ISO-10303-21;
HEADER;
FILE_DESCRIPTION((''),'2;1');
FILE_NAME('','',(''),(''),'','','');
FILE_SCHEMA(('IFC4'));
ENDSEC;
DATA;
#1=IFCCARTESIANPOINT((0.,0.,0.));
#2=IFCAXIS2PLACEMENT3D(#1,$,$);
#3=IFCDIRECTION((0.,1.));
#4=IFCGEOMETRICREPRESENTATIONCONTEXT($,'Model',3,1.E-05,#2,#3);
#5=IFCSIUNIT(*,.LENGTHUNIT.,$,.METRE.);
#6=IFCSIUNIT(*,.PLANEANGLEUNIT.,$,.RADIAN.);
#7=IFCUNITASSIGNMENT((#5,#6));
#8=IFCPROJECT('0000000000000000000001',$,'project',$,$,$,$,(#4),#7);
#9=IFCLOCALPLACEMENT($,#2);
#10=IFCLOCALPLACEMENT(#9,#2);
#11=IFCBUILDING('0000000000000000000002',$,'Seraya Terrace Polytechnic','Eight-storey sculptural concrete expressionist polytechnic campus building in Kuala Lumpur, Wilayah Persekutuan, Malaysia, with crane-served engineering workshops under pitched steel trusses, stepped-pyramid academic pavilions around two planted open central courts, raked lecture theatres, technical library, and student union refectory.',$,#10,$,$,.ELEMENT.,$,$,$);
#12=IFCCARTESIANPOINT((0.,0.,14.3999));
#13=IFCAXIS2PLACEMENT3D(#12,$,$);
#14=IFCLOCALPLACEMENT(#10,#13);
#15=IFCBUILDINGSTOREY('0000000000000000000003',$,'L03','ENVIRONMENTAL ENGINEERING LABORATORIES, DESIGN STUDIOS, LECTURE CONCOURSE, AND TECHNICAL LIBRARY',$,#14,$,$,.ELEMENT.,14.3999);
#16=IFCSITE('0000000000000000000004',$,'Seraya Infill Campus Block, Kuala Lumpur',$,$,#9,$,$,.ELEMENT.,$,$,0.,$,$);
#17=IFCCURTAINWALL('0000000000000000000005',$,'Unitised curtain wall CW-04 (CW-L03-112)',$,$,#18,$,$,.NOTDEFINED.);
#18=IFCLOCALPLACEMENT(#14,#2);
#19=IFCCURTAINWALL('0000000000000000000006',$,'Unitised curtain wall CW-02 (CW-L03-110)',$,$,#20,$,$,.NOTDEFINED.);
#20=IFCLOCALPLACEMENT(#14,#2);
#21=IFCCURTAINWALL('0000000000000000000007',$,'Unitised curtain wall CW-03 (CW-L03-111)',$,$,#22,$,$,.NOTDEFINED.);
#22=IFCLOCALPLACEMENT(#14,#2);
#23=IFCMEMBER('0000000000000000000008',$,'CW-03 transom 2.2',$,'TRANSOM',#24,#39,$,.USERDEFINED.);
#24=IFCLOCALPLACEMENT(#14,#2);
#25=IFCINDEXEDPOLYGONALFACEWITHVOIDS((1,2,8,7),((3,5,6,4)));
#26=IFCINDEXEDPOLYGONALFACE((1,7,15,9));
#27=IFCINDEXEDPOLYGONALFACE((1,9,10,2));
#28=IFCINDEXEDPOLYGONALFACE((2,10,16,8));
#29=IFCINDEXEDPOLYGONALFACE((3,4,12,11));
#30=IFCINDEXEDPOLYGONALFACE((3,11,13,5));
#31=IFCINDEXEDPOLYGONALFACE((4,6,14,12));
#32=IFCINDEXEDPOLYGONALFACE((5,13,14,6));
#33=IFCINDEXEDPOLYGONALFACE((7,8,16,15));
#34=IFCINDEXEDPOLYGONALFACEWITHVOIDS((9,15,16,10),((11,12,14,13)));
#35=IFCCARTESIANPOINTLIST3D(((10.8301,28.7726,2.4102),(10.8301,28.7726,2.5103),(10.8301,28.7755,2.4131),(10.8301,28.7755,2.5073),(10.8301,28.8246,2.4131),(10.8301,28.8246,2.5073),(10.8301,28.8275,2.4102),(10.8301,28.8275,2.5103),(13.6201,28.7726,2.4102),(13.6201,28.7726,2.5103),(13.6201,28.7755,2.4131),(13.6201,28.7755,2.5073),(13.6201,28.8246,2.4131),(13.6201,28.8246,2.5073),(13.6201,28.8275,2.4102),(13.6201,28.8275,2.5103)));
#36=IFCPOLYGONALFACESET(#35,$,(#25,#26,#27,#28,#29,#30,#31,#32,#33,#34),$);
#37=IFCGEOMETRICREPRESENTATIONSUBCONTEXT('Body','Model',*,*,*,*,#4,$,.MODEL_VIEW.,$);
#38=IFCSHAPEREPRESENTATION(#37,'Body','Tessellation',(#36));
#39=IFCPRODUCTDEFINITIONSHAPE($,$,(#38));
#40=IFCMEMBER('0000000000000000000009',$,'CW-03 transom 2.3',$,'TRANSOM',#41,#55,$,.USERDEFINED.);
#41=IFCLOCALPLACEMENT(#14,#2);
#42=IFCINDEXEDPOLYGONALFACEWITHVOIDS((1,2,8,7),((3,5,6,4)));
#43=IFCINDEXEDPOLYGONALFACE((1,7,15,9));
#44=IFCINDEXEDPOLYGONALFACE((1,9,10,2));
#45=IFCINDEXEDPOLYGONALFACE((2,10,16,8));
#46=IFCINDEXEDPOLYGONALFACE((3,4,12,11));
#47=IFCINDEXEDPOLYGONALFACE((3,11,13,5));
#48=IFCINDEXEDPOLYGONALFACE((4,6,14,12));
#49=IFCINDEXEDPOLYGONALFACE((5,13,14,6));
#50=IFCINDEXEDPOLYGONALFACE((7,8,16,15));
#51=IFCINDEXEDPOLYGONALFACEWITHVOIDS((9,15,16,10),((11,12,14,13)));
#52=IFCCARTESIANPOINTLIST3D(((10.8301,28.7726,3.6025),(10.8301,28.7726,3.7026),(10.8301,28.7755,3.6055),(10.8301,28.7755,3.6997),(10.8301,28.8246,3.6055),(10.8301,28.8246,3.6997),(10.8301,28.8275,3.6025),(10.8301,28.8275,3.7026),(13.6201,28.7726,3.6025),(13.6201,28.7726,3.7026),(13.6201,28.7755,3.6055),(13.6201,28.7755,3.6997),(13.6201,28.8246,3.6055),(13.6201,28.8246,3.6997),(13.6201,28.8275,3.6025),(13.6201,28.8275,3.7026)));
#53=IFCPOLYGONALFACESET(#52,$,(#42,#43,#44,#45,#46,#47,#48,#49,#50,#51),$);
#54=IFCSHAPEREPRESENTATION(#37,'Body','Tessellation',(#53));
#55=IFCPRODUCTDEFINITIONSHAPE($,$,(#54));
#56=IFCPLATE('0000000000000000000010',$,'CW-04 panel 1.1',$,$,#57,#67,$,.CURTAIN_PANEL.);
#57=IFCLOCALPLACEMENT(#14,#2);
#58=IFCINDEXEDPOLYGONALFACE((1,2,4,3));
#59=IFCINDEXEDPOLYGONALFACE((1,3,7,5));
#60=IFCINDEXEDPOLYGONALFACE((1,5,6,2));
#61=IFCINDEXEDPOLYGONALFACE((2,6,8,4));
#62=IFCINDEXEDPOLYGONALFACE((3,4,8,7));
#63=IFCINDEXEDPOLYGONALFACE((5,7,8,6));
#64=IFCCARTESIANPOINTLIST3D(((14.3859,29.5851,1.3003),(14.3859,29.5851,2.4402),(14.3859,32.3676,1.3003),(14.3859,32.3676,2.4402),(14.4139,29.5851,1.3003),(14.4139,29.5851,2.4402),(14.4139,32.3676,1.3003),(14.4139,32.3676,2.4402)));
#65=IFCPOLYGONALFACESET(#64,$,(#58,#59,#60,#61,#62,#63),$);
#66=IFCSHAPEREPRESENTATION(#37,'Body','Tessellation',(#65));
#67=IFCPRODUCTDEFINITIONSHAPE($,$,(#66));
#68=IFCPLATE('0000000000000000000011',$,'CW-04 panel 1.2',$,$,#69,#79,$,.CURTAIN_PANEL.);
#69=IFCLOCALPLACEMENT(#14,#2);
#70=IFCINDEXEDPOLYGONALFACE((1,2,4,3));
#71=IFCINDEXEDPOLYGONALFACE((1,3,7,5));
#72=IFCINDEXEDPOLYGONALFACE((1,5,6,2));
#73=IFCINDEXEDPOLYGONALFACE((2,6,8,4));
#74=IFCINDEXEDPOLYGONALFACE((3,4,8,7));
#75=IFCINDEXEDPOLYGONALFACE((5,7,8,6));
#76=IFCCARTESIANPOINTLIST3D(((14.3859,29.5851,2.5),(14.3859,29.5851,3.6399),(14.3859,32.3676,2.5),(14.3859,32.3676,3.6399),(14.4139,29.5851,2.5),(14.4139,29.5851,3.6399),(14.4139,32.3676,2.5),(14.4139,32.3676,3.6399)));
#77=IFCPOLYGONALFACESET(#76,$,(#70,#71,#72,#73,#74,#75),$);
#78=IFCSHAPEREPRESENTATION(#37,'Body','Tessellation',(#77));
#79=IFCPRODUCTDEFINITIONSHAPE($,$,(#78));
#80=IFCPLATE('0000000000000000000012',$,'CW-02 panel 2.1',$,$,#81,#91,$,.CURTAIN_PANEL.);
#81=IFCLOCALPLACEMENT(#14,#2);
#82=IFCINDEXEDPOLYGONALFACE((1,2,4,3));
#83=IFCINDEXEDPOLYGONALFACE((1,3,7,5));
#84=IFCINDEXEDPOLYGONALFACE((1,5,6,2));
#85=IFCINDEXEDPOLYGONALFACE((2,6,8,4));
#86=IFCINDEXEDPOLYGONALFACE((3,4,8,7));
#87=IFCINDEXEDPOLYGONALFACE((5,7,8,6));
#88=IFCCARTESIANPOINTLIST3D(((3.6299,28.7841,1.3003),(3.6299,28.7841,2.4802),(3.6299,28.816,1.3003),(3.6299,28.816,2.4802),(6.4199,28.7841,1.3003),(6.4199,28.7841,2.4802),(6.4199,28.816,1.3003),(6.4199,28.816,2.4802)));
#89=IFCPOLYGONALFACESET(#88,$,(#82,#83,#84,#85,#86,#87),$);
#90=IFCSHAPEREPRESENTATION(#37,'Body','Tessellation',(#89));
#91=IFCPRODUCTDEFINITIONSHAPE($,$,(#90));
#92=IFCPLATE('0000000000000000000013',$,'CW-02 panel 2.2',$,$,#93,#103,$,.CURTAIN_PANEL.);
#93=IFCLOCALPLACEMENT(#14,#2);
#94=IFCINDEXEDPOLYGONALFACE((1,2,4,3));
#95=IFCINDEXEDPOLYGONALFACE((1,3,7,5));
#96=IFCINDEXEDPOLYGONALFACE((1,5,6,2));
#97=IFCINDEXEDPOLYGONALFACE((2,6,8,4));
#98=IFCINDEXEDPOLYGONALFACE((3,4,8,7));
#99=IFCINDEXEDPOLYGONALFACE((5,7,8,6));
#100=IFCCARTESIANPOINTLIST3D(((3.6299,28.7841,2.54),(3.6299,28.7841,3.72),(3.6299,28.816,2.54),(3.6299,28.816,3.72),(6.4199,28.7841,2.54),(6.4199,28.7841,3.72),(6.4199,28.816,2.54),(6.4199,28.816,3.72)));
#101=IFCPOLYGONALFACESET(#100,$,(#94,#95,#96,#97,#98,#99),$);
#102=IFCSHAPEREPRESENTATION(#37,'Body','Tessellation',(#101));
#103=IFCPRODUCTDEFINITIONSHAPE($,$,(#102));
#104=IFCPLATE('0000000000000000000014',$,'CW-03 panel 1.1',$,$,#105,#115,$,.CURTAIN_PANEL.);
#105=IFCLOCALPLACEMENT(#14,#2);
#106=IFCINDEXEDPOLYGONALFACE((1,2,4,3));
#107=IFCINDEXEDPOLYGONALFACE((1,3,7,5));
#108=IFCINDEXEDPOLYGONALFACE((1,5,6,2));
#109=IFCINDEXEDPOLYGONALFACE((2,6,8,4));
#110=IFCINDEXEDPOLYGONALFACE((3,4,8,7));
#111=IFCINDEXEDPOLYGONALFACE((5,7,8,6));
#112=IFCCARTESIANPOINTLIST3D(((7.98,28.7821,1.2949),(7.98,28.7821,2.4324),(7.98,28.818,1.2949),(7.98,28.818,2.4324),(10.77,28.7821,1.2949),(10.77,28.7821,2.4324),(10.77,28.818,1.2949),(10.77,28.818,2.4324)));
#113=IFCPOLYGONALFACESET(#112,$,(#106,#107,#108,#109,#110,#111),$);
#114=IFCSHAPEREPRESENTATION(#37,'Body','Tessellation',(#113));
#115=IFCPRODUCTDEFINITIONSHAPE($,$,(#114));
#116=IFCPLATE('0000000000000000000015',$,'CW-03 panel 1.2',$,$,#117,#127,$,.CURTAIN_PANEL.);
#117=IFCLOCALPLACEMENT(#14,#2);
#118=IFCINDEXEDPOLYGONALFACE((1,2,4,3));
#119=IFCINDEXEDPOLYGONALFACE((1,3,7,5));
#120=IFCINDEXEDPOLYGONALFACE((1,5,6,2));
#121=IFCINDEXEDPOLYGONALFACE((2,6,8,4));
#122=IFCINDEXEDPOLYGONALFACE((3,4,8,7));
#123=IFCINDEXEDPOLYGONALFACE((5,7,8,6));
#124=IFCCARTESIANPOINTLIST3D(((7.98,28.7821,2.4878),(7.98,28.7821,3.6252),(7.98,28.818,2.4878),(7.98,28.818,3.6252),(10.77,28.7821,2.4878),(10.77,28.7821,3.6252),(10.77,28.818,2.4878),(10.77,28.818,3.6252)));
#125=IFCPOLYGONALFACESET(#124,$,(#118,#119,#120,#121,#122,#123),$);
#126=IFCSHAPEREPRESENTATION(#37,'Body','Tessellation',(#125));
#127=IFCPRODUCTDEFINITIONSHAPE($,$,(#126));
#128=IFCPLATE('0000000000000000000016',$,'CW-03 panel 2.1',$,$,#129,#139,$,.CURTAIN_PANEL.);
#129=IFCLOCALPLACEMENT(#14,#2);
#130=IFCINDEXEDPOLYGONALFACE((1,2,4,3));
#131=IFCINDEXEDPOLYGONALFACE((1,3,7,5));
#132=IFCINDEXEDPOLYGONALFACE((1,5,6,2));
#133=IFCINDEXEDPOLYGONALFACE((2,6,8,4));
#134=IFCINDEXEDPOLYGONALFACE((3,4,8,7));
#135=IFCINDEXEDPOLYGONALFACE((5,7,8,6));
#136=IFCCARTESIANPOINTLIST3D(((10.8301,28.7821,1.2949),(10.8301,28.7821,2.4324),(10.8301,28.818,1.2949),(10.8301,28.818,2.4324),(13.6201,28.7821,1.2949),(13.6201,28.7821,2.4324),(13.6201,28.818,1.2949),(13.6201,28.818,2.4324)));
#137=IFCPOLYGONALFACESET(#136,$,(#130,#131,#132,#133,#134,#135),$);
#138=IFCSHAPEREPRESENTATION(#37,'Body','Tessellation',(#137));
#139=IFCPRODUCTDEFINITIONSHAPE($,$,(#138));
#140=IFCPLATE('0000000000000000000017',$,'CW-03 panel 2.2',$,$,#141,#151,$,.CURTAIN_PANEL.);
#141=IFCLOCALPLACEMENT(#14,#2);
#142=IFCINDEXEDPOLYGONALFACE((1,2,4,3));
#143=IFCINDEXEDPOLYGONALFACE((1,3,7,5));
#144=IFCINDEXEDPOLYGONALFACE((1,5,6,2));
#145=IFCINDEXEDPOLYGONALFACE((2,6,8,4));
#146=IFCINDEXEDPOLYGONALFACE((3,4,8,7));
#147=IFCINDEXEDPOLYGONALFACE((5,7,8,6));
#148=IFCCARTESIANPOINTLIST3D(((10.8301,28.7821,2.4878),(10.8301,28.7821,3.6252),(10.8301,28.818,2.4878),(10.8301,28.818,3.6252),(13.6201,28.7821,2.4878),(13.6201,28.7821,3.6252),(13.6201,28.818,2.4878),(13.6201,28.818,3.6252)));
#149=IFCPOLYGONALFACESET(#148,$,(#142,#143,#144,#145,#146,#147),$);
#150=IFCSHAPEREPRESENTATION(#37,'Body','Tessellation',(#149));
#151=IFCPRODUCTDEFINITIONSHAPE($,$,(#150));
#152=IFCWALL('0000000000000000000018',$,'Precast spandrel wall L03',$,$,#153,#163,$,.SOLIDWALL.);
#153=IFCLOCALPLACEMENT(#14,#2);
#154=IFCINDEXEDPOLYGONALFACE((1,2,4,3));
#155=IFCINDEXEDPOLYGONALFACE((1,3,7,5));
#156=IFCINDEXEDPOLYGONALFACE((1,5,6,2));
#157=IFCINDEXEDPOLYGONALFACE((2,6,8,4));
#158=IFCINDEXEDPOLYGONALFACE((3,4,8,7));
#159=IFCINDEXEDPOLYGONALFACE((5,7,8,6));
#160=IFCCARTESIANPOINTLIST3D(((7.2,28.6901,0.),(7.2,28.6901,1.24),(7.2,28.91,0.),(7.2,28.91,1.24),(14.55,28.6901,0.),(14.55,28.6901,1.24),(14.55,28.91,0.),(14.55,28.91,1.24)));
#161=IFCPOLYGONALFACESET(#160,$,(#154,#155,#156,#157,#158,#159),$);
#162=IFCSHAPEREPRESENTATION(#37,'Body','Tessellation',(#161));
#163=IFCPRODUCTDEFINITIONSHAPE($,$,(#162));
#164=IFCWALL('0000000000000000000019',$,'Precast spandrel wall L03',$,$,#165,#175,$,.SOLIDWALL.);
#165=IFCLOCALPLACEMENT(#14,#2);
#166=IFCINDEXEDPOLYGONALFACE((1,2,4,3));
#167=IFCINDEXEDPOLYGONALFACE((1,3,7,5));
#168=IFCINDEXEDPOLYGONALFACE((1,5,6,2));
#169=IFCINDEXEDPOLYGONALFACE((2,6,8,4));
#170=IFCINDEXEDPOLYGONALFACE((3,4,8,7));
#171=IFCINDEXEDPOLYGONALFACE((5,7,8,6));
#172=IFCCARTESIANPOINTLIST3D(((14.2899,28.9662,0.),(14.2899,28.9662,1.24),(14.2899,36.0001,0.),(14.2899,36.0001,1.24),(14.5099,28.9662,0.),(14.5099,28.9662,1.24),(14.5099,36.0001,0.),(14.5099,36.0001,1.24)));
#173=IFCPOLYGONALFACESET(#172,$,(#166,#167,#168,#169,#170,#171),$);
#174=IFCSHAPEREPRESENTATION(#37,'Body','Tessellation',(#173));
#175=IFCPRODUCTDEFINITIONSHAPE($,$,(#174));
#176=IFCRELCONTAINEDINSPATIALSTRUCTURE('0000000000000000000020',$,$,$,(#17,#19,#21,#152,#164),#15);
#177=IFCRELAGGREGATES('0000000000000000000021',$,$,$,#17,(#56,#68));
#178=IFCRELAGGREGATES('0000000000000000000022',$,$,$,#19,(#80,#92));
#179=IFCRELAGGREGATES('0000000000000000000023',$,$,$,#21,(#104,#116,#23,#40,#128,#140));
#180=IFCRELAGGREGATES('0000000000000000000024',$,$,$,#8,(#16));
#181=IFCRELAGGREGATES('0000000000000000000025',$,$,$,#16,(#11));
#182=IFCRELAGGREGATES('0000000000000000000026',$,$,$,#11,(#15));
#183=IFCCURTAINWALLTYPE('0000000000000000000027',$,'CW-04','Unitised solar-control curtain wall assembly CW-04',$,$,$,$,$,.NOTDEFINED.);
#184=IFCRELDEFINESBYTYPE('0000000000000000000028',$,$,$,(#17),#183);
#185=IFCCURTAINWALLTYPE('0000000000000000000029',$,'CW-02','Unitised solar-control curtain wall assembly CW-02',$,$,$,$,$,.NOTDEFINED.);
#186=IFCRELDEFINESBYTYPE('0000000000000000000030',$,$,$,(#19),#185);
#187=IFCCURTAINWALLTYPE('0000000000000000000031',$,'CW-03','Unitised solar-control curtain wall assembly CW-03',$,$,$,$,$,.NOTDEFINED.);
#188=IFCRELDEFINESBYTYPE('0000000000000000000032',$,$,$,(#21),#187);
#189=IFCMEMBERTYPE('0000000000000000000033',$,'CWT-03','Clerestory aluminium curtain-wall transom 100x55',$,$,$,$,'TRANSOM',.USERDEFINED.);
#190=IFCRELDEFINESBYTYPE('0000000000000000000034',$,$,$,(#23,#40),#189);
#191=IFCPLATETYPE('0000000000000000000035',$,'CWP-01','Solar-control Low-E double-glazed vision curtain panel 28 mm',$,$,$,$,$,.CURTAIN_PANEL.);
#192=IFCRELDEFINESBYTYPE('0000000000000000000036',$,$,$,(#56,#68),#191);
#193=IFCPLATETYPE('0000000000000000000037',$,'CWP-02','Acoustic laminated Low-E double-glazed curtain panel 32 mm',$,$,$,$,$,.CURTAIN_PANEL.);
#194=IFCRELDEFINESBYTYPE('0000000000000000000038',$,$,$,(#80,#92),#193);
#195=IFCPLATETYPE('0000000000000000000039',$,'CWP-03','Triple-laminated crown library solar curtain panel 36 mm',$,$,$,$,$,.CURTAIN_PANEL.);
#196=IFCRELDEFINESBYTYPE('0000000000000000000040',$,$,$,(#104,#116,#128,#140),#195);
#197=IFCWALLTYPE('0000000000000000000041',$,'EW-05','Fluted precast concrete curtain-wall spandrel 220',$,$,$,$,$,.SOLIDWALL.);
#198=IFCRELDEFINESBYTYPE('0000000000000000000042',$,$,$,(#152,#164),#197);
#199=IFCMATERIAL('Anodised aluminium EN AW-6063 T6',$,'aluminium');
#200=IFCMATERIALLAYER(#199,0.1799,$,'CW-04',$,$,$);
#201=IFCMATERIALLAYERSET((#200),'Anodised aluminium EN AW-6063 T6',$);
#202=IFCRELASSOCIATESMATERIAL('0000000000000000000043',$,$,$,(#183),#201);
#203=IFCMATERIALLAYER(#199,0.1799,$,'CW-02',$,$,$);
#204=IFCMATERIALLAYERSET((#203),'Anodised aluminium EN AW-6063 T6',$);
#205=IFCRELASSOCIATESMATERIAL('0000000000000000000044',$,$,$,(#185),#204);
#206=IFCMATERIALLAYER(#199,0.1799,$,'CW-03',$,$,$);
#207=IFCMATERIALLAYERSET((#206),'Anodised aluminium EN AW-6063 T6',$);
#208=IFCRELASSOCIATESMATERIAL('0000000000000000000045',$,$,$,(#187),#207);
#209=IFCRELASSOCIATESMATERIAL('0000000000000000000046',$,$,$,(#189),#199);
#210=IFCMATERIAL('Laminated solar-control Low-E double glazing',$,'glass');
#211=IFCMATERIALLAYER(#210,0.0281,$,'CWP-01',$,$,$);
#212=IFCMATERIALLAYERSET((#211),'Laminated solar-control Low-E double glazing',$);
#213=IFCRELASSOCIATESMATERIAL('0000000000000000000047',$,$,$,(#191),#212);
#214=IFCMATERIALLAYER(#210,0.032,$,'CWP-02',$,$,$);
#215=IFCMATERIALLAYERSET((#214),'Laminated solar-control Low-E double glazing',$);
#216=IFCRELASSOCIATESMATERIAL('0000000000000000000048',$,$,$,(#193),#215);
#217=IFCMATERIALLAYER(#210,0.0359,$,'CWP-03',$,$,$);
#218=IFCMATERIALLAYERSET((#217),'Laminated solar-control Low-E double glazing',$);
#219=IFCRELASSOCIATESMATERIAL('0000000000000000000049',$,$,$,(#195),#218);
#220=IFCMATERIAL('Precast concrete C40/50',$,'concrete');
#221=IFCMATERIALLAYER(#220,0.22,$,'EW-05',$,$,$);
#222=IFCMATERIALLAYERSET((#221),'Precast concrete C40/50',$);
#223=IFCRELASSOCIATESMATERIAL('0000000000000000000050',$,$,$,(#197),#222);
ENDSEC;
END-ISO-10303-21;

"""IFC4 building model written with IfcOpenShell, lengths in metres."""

from ifc_helpers import new_model, si_unit, direction, frame, frame_2d, origin, origin_2d, place, context, subcontext, project, spatial, rectangle, hollow_rectangle, extrude, material, layer, layer_set, material_profile, profile_set, type_object, element, aggregate, save


model = new_model("IFC4")

# Units and contexts
model_context = context("Model", 3, precision=1e-05, world=origin(), true_north=direction((0.0, 1.0)))
body_context = subcontext(model_context, "Body", "Model", "MODEL_VIEW")
ifc_project = project(units=[si_unit("LENGTHUNIT", "METRE"), si_unit("PLANEANGLEUNIT", "RADIAN")], contexts=[model_context])

# Site, building, storey
site_placement = place(None, origin())
site = spatial("IfcSite", under=ifc_project, at=site_placement, Name="Seraya Infill Campus Block, Kuala Lumpur", CompositionType="ELEMENT", RefElevation=0.0)
building_placement = place(site_placement, origin())
building = spatial("IfcBuilding", under=site, at=building_placement, Name="Seraya Terrace Polytechnic", Description="Eight-storey sculptural concrete expressionist polytechnic campus building in Kuala Lumpur, Wilayah Persekutuan, Malaysia, with crane-served engineering workshops under pitched steel trusses, stepped-pyramid academic pavilions around two planted open central courts, raked lecture theatres, technical library, and student union refectory.", CompositionType="ELEMENT")
storey_placement = place(building_placement, frame((0.0, 0.0, 14.3999)))
storey = spatial("IfcBuildingStorey", under=building, at=storey_placement, Name="L03", Description="ENVIRONMENTAL ENGINEERING LABORATORIES, DESIGN STUDIOS, LECTURE CONCOURSE, AND TECHNICAL LIBRARY", CompositionType="ELEMENT", Elevation=14.3999)

# Curtain walls
ifc_material_1 = material(Name="Anodised aluminium EN AW-6063 T6", Category="aluminium")
ifc_layer_1 = layer(ifc_material_1, 0.1799, Name="CW-04")
ifc_layer_set_1 = layer_set([ifc_layer_1], Name="Anodised aluminium EN AW-6063 T6")
curtain_wall_type_1 = type_object("IfcCurtainWallType", Name="CW-04", Description="Unitised solar-control curtain wall assembly CW-04", PredefinedType="NOTDEFINED", material=ifc_layer_set_1)
curtain_wall_1_placement = place(storey_placement, origin())
curtain_wall_1 = element("IfcCurtainWall", 1, at=curtain_wall_1_placement, inside=storey, type_object=curtain_wall_type_1, Name="Unitised curtain wall CW-04 (CW-L03-112)", PredefinedType="NOTDEFINED")
ifc_layer_2 = layer(ifc_material_1, 0.1799, Name="CW-02")
ifc_layer_set_2 = layer_set([ifc_layer_2], Name="Anodised aluminium EN AW-6063 T6")
curtain_wall_type_2 = type_object("IfcCurtainWallType", Name="CW-02", Description="Unitised solar-control curtain wall assembly CW-02", PredefinedType="NOTDEFINED", material=ifc_layer_set_2)
curtain_wall_2_placement = place(storey_placement, origin())
curtain_wall_2 = element("IfcCurtainWall", 2, at=curtain_wall_2_placement, inside=storey, type_object=curtain_wall_type_2, Name="Unitised curtain wall CW-02 (CW-L03-110)", PredefinedType="NOTDEFINED")

# Curtain wall
ifc_layer_3 = layer(ifc_material_1, 0.1799, Name="CW-03")
ifc_layer_set_3 = layer_set([ifc_layer_3], Name="Anodised aluminium EN AW-6063 T6")
curtain_wall_type_3 = type_object("IfcCurtainWallType", Name="CW-03", Description="Unitised solar-control curtain wall assembly CW-03", PredefinedType="NOTDEFINED", material=ifc_layer_set_3)
curtain_wall_3_placement = place(storey_placement, origin())
curtain_wall_3 = element("IfcCurtainWall", 3, at=curtain_wall_3_placement, inside=storey, type_object=curtain_wall_type_3, Name="Unitised curtain wall CW-03 (CW-L03-111)", PredefinedType="NOTDEFINED")

# Members
ifc_material_profile_1 = material_profile(ifc_material_1, hollow_rectangle(XDim=0.0549, YDim=0.1001, WallThickness=0.0029, at=origin_2d()), Name="RHS 100x55x3.0")
ifc_profile_set_1 = profile_set([ifc_material_profile_1], Name="Anodised aluminium EN AW-6063 T6")
member_type_1 = type_object("IfcMemberType", Name="CWT-03", Description="Clerestory aluminium curtain-wall transom 100x55", ElementType="TRANSOM", PredefinedType="USERDEFINED", material=ifc_profile_set_1)
member_1_placement = place(storey_placement, frame((10.8301, 28.8, 2.4602), z_axis=(1.0, 0.0, 0.0), x_axis=(0.0, 1.0, 0.0)))
member_1 = element("IfcMember", 4, at=member_1_placement, type_object=member_type_1, Name="CW-03 transom 2.2", ObjectType="TRANSOM", PredefinedType="USERDEFINED", context=body_context, shape_type="SweptSolid", body=[
    extrude(hollow_rectangle(XDim=0.0549, YDim=0.1001, WallThickness=0.0029, at=origin_2d()), origin(), (0.0, 0.0, 1.0), 2.79),
])
member_2_placement = place(storey_placement, frame((10.8301, 28.8, 3.6526), z_axis=(1.0, 0.0, 0.0), x_axis=(0.0, 1.0, 0.0)))
member_2 = element("IfcMember", 5, at=member_2_placement, type_object=member_type_1, Name="CW-03 transom 2.3", ObjectType="TRANSOM", PredefinedType="USERDEFINED", context=body_context, shape_type="SweptSolid", body=[
    extrude(hollow_rectangle(XDim=0.0549, YDim=0.1001, WallThickness=0.0029, at=origin_2d()), origin(), (0.0, 0.0, 1.0), 2.79),
])

# Plates
ifc_material_2 = material(Name="Laminated solar-control Low-E double glazing", Category="glass")
ifc_layer_4 = layer(ifc_material_2, 0.0281, Name="CWP-01")
ifc_layer_set_4 = layer_set([ifc_layer_4], Name="Laminated solar-control Low-E double glazing")
plate_type_1 = type_object("IfcPlateType", Name="CWP-01", Description="Solar-control Low-E double-glazed vision curtain panel 28 mm", PredefinedType="CURTAIN_PANEL", material=ifc_layer_set_4)
plate_1_placement = place(storey_placement, frame((14.3999, 30.9763, 1.3003), z_axis=(0.0, 0.0, 1.0), x_axis=(0.0, 1.0, 0.0)))
plate_1 = element("IfcPlate", 6, at=plate_1_placement, type_object=plate_type_1, Name="CW-04 panel 1.1", PredefinedType="CURTAIN_PANEL", context=body_context, shape_type="SweptSolid", body=[
    extrude(rectangle(XDim=2.7825, YDim=0.0281, at=origin_2d()), origin(), (0.0, 0.0, 1.0), 1.1399),
])
plate_2_placement = place(storey_placement, frame((14.3999, 30.9763, 2.5), z_axis=(0.0, 0.0, 1.0), x_axis=(0.0, 1.0, 0.0)))
plate_2 = element("IfcPlate", 7, at=plate_2_placement, type_object=plate_type_1, Name="CW-04 panel 1.2", PredefinedType="CURTAIN_PANEL", context=body_context, shape_type="SweptSolid", body=[
    extrude(rectangle(XDim=2.7825, YDim=0.0281, at=origin_2d()), origin(), (0.0, 0.0, 1.0), 1.1399),
])
aggregate(curtain_wall_1, [plate_1, plate_2])
ifc_layer_5 = layer(ifc_material_2, 0.032, Name="CWP-02")
ifc_layer_set_5 = layer_set([ifc_layer_5], Name="Laminated solar-control Low-E double glazing")
plate_type_2 = type_object("IfcPlateType", Name="CWP-02", Description="Acoustic laminated Low-E double-glazed curtain panel 32 mm", PredefinedType="CURTAIN_PANEL", material=ifc_layer_set_5)
plate_3_placement = place(storey_placement, frame((5.0249, 28.8, 1.3003), z_axis=(0.0, 0.0, 1.0), x_axis=(1.0, 0.0, 0.0)))
plate_3 = element("IfcPlate", 8, at=plate_3_placement, type_object=plate_type_2, Name="CW-02 panel 2.1", PredefinedType="CURTAIN_PANEL", context=body_context, shape_type="SweptSolid", body=[
    extrude(rectangle(XDim=2.79, YDim=0.032, at=origin_2d()), origin(), (0.0, 0.0, 1.0), 1.1799),
])
plate_4_placement = place(storey_placement, frame((5.0249, 28.8, 2.54), z_axis=(0.0, 0.0, 1.0), x_axis=(1.0, 0.0, 0.0)))
plate_4 = element("IfcPlate", 9, at=plate_4_placement, type_object=plate_type_2, Name="CW-02 panel 2.2", PredefinedType="CURTAIN_PANEL", context=body_context, shape_type="SweptSolid", body=[
    extrude(rectangle(XDim=2.79, YDim=0.032, at=origin_2d()), origin(), (0.0, 0.0, 1.0), 1.1799),
])
aggregate(curtain_wall_2, [plate_3, plate_4])
ifc_layer_6 = layer(ifc_material_2, 0.0359, Name="CWP-03")
ifc_layer_set_6 = layer_set([ifc_layer_6], Name="Laminated solar-control Low-E double glazing")
plate_type_3 = type_object("IfcPlateType", Name="CWP-03", Description="Triple-laminated crown library solar curtain panel 36 mm", PredefinedType="CURTAIN_PANEL", material=ifc_layer_set_6)
plate_5_placement = place(storey_placement, frame((9.375, 28.8, 1.2949), z_axis=(0.0, 0.0, 1.0), x_axis=(1.0, 0.0, 0.0)))
plate_5 = element("IfcPlate", 10, at=plate_5_placement, type_object=plate_type_3, Name="CW-03 panel 1.1", PredefinedType="CURTAIN_PANEL", context=body_context, shape_type="SweptSolid", body=[
    extrude(rectangle(XDim=2.79, YDim=0.0359, at=origin_2d()), origin(), (0.0, 0.0, 1.0), 1.1375),
])
plate_6_placement = place(storey_placement, frame((9.375, 28.8, 2.4878), z_axis=(0.0, 0.0, 1.0), x_axis=(1.0, 0.0, 0.0)))
plate_6 = element("IfcPlate", 11, at=plate_6_placement, type_object=plate_type_3, Name="CW-03 panel 1.2", PredefinedType="CURTAIN_PANEL", context=body_context, shape_type="SweptSolid", body=[
    extrude(rectangle(XDim=2.79, YDim=0.0359, at=origin_2d()), origin(), (0.0, 0.0, 1.0), 1.1375),
])
plate_7_placement = place(storey_placement, frame((12.2251, 28.8, 1.2949), z_axis=(0.0, 0.0, 1.0), x_axis=(1.0, 0.0, 0.0)))
plate_7 = element("IfcPlate", 12, at=plate_7_placement, type_object=plate_type_3, Name="CW-03 panel 2.1", PredefinedType="CURTAIN_PANEL", context=body_context, shape_type="SweptSolid", body=[
    extrude(rectangle(XDim=2.79, YDim=0.0359, at=origin_2d()), origin(), (0.0, 0.0, 1.0), 1.1375),
])
plate_8_placement = place(storey_placement, frame((12.2251, 28.8, 2.4878), z_axis=(0.0, 0.0, 1.0), x_axis=(1.0, 0.0, 0.0)))
plate_8 = element("IfcPlate", 13, at=plate_8_placement, type_object=plate_type_3, Name="CW-03 panel 2.2", PredefinedType="CURTAIN_PANEL", context=body_context, shape_type="SweptSolid", body=[
    extrude(rectangle(XDim=2.79, YDim=0.0359, at=origin_2d()), origin(), (0.0, 0.0, 1.0), 1.1375),
])
aggregate(curtain_wall_3, [plate_5, plate_6, member_1, member_2, plate_7, plate_8])

# Walls
ifc_material_3 = material(Name="Precast concrete C40/50", Category="concrete")
ifc_layer_7 = layer(ifc_material_3, 0.22, Name="EW-05")
ifc_layer_set_7 = layer_set([ifc_layer_7], Name="Precast concrete C40/50")
wall_type_1 = type_object("IfcWallType", Name="EW-05", Description="Fluted precast concrete curtain-wall spandrel 220", PredefinedType="SOLIDWALL", material=ifc_layer_set_7)
wall_1_placement = place(storey_placement, frame((7.2, 28.8, 0.0), z_axis=(0.0, 0.0, 1.0), x_axis=(1.0, 0.0, 0.0)))
element("IfcWall", 14, at=wall_1_placement, inside=storey, type_object=wall_type_1, Name="Precast spandrel wall L03", PredefinedType="SOLIDWALL", context=body_context, shape_type="SweptSolid", body=[
    extrude(rectangle(XDim=7.3501, YDim=0.22, at=frame_2d((3.675, 0.0))), origin(), (0.0, 0.0, 1.0), 1.24),
])
wall_2_placement = place(storey_placement, frame((14.3999, 28.9661, 0.0), z_axis=(0.0, 0.0, 1.0), x_axis=(0.0, 1.0, 0.0)))
element("IfcWall", 15, at=wall_2_placement, inside=storey, type_object=wall_type_1, Name="Precast spandrel wall L03", PredefinedType="SOLIDWALL", context=body_context, shape_type="SweptSolid", body=[
    extrude(rectangle(XDim=7.0339, YDim=0.22, at=frame_2d((3.5171, 0.0))), origin(), (0.0, 0.0, 1.0), 1.24),
])

save(model, "model.ifc")
